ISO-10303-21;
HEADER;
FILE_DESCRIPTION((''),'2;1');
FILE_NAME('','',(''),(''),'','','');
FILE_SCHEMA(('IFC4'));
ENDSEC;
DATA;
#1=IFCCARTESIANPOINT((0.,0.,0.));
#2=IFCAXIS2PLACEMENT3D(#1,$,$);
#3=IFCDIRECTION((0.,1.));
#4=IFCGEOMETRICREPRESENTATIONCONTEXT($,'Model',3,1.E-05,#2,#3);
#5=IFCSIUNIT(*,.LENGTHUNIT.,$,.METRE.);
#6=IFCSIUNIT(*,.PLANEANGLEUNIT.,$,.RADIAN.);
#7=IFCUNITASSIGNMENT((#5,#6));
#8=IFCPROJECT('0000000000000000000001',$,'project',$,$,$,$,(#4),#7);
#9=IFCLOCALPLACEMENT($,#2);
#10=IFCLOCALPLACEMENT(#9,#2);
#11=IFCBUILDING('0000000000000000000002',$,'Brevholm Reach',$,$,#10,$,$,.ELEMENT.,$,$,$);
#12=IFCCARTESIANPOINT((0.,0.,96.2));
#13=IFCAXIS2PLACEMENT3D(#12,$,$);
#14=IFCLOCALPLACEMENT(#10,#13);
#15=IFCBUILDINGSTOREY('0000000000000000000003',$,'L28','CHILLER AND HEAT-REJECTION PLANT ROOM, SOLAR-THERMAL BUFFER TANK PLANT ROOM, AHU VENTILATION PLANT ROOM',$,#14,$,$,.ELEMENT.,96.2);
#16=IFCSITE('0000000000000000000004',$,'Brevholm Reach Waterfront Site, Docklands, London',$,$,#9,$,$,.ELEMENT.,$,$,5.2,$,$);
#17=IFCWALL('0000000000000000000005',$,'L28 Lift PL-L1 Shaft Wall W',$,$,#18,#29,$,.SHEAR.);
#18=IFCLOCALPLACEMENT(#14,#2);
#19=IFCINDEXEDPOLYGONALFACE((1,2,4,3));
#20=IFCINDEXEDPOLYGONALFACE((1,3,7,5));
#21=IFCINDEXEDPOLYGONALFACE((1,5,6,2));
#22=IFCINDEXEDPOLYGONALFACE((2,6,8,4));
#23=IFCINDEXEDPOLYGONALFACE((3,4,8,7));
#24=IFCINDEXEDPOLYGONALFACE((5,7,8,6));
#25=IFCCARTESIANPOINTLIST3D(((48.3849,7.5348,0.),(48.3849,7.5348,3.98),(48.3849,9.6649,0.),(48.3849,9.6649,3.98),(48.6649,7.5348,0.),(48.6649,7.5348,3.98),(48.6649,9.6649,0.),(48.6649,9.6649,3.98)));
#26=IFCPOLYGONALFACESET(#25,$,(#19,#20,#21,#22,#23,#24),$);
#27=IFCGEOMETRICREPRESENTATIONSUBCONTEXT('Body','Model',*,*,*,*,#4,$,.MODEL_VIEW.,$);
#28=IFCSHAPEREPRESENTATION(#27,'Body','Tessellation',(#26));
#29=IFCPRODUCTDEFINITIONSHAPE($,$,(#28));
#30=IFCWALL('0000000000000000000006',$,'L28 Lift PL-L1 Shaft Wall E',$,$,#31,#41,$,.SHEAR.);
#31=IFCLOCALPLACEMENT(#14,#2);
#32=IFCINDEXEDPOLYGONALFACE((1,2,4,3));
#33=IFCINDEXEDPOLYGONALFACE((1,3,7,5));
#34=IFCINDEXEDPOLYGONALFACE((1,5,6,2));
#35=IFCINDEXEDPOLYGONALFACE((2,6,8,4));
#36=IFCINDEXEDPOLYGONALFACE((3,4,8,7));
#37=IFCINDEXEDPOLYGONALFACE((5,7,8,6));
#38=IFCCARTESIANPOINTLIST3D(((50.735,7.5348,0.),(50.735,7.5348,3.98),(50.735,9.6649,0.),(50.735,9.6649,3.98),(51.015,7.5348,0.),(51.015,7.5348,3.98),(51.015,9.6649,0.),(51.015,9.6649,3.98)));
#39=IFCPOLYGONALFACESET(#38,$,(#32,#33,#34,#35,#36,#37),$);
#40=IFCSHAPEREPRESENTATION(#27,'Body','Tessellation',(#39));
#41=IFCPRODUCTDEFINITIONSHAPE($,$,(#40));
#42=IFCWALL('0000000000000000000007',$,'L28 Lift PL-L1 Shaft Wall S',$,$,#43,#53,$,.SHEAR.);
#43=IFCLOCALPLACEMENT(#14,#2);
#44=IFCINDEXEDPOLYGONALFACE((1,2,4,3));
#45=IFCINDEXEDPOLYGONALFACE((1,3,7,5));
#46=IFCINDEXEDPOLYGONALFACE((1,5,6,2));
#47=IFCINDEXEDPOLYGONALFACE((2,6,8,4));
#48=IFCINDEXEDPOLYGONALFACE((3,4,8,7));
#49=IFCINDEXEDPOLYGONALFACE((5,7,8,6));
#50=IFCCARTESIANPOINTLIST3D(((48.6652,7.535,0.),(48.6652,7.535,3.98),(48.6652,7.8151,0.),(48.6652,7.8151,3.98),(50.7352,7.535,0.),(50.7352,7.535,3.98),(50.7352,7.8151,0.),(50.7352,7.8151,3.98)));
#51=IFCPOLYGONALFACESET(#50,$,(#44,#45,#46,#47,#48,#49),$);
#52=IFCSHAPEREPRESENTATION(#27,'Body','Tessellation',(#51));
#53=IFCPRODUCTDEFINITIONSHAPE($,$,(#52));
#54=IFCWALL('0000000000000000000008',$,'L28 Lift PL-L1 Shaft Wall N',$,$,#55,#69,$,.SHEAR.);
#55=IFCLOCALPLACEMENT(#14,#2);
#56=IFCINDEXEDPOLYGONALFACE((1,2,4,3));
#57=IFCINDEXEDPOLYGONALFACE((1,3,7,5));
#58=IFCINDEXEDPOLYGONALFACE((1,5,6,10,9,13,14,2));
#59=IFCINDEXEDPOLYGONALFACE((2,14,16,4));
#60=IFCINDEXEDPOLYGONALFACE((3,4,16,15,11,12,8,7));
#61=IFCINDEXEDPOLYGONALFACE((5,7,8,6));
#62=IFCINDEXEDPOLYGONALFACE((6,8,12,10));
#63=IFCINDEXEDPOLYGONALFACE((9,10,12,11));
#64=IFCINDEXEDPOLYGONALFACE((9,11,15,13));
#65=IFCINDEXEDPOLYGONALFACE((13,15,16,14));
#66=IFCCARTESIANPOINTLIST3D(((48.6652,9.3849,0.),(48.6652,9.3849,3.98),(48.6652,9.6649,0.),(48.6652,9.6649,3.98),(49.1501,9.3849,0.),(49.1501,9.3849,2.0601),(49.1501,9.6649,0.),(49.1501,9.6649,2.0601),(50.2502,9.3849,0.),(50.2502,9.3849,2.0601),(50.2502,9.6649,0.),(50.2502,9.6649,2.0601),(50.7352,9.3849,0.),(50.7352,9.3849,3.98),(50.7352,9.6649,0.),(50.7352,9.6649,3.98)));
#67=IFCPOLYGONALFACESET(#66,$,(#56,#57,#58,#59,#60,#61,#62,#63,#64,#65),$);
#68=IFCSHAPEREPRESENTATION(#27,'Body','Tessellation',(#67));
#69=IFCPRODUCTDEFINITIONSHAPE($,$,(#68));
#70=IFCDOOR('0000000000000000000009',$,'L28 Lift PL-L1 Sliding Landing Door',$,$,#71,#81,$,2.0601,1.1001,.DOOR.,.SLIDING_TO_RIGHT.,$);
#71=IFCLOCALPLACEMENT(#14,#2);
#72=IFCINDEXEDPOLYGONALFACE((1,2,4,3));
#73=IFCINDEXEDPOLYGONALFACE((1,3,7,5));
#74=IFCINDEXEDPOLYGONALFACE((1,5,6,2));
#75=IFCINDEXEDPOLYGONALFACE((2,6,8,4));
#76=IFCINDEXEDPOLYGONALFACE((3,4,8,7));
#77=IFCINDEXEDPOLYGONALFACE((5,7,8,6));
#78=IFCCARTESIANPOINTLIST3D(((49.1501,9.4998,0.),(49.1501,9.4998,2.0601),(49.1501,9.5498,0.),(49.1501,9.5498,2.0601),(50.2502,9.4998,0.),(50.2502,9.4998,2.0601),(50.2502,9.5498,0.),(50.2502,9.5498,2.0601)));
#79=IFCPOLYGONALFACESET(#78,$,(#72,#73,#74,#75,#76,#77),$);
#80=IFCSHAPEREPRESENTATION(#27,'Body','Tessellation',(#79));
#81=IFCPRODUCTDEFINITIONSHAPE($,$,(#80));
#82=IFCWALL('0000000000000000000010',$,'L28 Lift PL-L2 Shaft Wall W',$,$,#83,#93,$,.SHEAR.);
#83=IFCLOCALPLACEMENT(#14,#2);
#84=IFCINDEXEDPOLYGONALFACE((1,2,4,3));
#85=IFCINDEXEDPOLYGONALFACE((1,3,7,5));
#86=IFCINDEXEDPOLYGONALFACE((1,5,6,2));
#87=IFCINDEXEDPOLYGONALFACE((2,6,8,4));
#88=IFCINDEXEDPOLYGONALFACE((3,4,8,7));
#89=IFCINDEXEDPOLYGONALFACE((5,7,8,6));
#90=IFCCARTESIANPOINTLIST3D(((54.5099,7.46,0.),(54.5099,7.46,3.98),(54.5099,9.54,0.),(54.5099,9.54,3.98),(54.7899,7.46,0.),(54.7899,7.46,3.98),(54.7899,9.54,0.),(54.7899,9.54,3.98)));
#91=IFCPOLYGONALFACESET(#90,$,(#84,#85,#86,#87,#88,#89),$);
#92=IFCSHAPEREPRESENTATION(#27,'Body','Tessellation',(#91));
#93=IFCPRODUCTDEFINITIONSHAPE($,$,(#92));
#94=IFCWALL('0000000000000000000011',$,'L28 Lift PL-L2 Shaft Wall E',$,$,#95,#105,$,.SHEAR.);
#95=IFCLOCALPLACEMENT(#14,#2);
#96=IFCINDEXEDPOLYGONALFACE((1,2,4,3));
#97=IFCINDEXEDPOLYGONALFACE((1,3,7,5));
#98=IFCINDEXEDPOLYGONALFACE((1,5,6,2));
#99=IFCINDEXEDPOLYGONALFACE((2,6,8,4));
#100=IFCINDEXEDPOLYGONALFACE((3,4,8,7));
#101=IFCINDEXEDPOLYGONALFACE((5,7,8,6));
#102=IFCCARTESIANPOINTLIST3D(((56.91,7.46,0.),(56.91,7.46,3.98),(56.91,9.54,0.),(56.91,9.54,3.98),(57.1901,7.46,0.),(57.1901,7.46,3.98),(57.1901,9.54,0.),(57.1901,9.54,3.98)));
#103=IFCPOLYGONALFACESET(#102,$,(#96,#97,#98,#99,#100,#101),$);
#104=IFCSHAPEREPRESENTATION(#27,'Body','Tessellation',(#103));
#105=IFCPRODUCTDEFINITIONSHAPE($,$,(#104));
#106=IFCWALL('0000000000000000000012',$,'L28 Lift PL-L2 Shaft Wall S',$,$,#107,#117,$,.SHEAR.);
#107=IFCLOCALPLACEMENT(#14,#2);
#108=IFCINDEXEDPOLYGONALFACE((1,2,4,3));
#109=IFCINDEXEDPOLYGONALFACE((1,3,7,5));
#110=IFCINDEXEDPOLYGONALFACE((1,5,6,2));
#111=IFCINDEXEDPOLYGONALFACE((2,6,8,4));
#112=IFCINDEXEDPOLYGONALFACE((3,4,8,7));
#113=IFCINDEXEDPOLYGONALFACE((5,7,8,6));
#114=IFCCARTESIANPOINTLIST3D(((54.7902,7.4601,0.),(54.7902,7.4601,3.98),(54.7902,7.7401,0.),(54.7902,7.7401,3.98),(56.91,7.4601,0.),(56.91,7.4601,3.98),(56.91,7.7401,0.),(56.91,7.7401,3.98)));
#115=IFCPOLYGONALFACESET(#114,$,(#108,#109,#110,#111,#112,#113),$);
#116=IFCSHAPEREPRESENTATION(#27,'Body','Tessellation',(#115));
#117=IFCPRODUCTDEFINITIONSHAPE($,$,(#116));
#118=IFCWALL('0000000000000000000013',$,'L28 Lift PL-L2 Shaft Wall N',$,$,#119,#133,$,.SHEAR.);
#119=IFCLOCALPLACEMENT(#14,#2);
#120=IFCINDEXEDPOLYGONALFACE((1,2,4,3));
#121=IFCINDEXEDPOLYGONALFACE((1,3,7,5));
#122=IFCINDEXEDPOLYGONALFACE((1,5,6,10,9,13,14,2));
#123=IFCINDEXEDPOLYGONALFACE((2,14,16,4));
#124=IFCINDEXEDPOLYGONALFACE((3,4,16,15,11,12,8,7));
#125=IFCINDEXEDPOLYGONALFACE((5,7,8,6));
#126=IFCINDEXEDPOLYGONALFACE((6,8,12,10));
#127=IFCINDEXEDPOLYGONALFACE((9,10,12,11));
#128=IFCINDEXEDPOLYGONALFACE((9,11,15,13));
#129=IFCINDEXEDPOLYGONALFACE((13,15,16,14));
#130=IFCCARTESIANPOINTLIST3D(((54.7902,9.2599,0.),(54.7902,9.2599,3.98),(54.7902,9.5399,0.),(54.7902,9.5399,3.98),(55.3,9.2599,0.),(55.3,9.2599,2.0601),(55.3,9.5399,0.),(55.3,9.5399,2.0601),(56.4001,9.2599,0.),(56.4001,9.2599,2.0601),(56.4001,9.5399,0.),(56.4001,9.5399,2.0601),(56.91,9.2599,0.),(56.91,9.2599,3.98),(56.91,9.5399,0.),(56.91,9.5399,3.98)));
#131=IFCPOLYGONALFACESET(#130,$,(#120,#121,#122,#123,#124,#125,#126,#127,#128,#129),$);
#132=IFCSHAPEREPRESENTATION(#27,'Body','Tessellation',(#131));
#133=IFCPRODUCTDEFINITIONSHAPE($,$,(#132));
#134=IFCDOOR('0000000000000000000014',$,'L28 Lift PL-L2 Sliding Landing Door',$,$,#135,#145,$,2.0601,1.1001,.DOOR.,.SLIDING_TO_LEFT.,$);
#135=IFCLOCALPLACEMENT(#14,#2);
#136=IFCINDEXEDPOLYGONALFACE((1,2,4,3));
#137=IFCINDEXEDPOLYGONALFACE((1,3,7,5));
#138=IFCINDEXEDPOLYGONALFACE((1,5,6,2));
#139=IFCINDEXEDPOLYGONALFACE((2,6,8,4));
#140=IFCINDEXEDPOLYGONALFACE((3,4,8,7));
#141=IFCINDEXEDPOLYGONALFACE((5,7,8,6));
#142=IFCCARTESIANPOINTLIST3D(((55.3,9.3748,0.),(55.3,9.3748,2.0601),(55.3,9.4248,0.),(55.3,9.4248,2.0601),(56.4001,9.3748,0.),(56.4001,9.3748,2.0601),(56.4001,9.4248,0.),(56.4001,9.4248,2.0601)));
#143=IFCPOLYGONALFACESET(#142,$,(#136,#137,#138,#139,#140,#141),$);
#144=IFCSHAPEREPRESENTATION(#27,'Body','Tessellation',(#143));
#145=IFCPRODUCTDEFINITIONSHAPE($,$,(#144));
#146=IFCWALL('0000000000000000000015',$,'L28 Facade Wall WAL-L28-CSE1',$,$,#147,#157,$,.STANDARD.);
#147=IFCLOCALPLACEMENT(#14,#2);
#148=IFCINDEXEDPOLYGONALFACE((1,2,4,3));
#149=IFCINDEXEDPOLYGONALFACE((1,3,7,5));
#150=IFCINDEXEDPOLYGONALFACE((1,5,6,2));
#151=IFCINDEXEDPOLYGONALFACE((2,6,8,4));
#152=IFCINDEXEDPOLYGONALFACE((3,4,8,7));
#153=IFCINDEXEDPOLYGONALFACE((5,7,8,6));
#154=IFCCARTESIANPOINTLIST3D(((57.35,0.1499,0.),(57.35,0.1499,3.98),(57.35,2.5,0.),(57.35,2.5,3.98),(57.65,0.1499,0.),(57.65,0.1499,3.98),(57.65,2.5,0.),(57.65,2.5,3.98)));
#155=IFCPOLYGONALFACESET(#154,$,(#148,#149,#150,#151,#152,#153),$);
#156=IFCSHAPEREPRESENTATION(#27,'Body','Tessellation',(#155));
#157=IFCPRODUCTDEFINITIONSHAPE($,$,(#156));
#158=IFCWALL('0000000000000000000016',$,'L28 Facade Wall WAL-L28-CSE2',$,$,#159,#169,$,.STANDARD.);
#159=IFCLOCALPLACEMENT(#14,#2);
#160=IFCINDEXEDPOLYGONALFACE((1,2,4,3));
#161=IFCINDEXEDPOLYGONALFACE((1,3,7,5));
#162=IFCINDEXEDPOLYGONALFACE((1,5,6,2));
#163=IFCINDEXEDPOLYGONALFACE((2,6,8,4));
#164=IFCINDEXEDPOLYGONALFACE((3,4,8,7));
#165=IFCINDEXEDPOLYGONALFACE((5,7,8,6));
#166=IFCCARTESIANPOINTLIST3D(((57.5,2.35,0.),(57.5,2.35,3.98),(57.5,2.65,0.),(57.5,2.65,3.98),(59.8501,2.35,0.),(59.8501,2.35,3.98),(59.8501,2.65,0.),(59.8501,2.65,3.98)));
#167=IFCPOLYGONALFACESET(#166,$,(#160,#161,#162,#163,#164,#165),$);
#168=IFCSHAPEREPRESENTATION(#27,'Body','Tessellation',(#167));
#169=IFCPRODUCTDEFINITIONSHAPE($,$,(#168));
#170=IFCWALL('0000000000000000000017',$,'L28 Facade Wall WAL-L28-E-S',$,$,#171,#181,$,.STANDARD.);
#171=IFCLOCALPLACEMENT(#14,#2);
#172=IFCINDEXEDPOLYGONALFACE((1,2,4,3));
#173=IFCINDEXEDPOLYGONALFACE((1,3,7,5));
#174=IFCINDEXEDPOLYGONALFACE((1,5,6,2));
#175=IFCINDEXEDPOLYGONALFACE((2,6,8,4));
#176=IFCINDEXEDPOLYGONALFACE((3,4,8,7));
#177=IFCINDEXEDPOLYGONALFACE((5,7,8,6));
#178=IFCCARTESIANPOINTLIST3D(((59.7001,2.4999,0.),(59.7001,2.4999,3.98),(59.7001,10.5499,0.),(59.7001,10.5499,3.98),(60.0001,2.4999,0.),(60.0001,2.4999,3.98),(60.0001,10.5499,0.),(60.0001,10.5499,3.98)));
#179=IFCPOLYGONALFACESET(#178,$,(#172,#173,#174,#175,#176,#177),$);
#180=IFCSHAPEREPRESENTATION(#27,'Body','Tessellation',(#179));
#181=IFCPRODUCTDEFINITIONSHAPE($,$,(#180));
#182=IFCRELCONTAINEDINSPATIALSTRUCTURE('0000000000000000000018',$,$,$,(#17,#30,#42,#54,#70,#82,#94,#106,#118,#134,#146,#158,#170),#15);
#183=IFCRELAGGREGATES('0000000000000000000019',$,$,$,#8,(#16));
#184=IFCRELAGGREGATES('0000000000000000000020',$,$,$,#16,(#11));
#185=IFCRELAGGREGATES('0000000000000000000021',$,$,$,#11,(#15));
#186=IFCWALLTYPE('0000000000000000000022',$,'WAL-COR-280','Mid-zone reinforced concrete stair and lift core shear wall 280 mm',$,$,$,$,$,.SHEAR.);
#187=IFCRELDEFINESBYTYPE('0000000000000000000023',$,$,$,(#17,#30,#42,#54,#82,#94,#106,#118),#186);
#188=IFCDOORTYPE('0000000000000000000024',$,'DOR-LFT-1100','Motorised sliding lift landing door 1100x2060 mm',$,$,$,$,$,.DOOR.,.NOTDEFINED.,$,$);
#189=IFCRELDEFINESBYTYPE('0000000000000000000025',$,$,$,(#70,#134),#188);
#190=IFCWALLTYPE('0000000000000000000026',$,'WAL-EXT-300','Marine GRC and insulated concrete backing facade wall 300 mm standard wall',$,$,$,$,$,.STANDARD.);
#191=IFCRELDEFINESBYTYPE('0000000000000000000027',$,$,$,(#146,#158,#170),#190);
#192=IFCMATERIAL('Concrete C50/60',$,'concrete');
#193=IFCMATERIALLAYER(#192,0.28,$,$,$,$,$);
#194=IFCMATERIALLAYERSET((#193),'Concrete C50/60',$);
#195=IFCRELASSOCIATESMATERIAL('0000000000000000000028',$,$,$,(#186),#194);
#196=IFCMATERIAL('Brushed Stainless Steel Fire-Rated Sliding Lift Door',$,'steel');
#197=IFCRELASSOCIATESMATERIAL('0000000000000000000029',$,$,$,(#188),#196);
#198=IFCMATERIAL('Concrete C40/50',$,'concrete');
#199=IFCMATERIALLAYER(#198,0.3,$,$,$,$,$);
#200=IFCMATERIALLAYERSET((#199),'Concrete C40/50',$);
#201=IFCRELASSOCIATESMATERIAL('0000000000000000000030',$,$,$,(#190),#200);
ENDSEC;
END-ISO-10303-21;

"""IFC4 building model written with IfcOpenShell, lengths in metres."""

from ifc_helpers import new_model, si_unit, direction, frame, frame_2d, origin, place, context, subcontext, project, spatial, rectangle, extrude, material, layer, layer_set, type_object, element, fill, save


model = new_model("IFC4")

# Units and contexts
model_context = context("Model", 3, precision=1e-05, world=origin(), true_north=direction((0.0, 1.0)))
body_context = subcontext(model_context, "Body", "Model", "MODEL_VIEW")
ifc_project = project(units=[si_unit("LENGTHUNIT", "METRE"), si_unit("PLANEANGLEUNIT", "RADIAN")], contexts=[model_context])

# Site, building, storey
site_placement = place(None, origin())
site = spatial("IfcSite", under=ifc_project, at=site_placement, Name="Brevholm Reach Waterfront Site, Docklands, London", CompositionType="ELEMENT", RefElevation=5.2)
building_placement = place(site_placement, origin())
building = spatial("IfcBuilding", under=site, at=building_placement, Name="Brevholm Reach", CompositionType="ELEMENT")
storey_placement = place(building_placement, frame((0.0, 0.0, 96.2)))
storey = spatial("IfcBuildingStorey", under=building, at=storey_placement, Name="L28", Description="CHILLER AND HEAT-REJECTION PLANT ROOM, SOLAR-THERMAL BUFFER TANK PLANT ROOM, AHU VENTILATION PLANT ROOM", CompositionType="ELEMENT", Elevation=96.2)

# Walls
ifc_material_1 = material(Name="Concrete C50/60", Category="concrete")
ifc_layer_1 = layer(ifc_material_1, 0.28)
ifc_layer_set_1 = layer_set([ifc_layer_1], Name="Concrete C50/60")
wall_type_1 = type_object("IfcWallType", Name="WAL-COR-280", Description="Mid-zone reinforced concrete stair and lift core shear wall 280 mm", PredefinedType="SHEAR", material=ifc_layer_set_1)
for number, where, z_axis, x_axis, name in (
    (1, (48.5249, 7.5349, 0.0), (0.0, 0.0, 1.0), (0.0, 1.0, 0.0), "L28 Lift PL-L1 Shaft Wall W"),
    (2, (50.875, 7.5349, 0.0), (0.0, 0.0, 1.0), (0.0, 1.0, 0.0), "L28 Lift PL-L1 Shaft Wall E"),
):
    element("IfcWall", number, at=place(storey_placement, frame(where, z_axis=z_axis, x_axis=x_axis)), inside=storey, type_object=wall_type_1, Name=name, PredefinedType="SHEAR", context=body_context, shape_type="SweptSolid", body=[
        extrude(rectangle(XDim=2.1301, YDim=0.28, at=frame_2d((1.0649, 0.0))), origin(), (0.0, 0.0, 1.0), 3.98),
    ])
wall_1_placement = place(storey_placement, frame((48.665, 7.675, 0.0), z_axis=(0.0, 0.0, 1.0), x_axis=(1.0, 0.0, 0.0)))
element("IfcWall", 3, at=wall_1_placement, inside=storey, type_object=wall_type_1, Name="L28 Lift PL-L1 Shaft Wall S", PredefinedType="SHEAR", context=body_context, shape_type="SweptSolid", body=[
    extrude(rectangle(XDim=2.0701, YDim=0.28, at=frame_2d((1.0352, 0.0))), origin(), (0.0, 0.0, 1.0), 3.98),
])

# Wall, opening, door
wall_2_placement = place(storey_placement, frame((48.665, 9.5249, 0.0), z_axis=(0.0, 0.0, 1.0), x_axis=(1.0, 0.0, 0.0)))
wall_2 = element("IfcWall", 4, at=wall_2_placement, inside=storey, type_object=wall_type_1, Name="L28 Lift PL-L1 Shaft Wall N", PredefinedType="SHEAR", context=body_context, shape_type="SweptSolid", body=[
    extrude(rectangle(XDim=2.0701, YDim=0.28, at=frame_2d((1.0352, 0.0))), origin(), (0.0, 0.0, 1.0), 3.98),
])
opening_1_placement = place(wall_2_placement, frame((0.4851, 0.0, 0.0)))
opening_1 = element("IfcOpeningElement", 5, at=opening_1_placement, cuts=wall_2, PredefinedType="OPENING", context=body_context, shape_type="SweptSolid", body=[
    extrude(rectangle(XDim=1.1001, YDim=2.0601, at=frame_2d((0.55, 1.03))), frame((0.0, 0.1499, 0.0), z_axis=(0.0, -1.0, 0.0), x_axis=(1.0, 0.0, 0.0)), (0.0, 0.0, 1.0), 0.3),
])
ifc_material_2 = material(Name="Brushed Stainless Steel Fire-Rated Sliding Lift Door", Category="steel")
door_type_1 = type_object("IfcDoorType", Name="DOR-LFT-1100", Description="Motorised sliding lift landing door 1100x2060 mm", OperationType="NOTDEFINED", PredefinedType="DOOR", material=ifc_material_2)
door_1_placement = place(opening_1_placement, origin())
door_1 = element("IfcDoor", 6, at=door_1_placement, inside=storey, type_object=door_type_1, Name="L28 Lift PL-L1 Sliding Landing Door", OperationType="SLIDING_TO_RIGHT", OverallHeight=2.0601, OverallWidth=1.1001, PredefinedType="DOOR", context=body_context, shape_type="SweptSolid", body=[
    extrude(rectangle(XDim=1.1001, YDim=2.0601, at=frame_2d((0.55, 1.03))), frame((0.0, 0.0249, 0.0), z_axis=(0.0, -1.0, 0.0), x_axis=(1.0, 0.0, 0.0)), (0.0, 0.0, 1.0), 0.05),
])
fill(opening_1, door_1)

# Walls
for number, where, z_axis, x_axis, name in (
    (7, (54.6499, 7.46, 0.0), (0.0, 0.0, 1.0), (0.0, 1.0, 0.0), "L28 Lift PL-L2 Shaft Wall W"),
    (8, (57.05, 7.46, 0.0), (0.0, 0.0, 1.0), (0.0, 1.0, 0.0), "L28 Lift PL-L2 Shaft Wall E"),
):
    element("IfcWall", number, at=place(storey_placement, frame(where, z_axis=z_axis, x_axis=x_axis)), inside=storey, type_object=wall_type_1, Name=name, PredefinedType="SHEAR", context=body_context, shape_type="SweptSolid", body=[
        extrude(rectangle(XDim=2.0801, YDim=0.28, at=frame_2d((1.04, 0.0))), origin(), (0.0, 0.0, 1.0), 3.98),
    ])
wall_3_placement = place(storey_placement, frame((54.79, 7.6001, 0.0), z_axis=(0.0, 0.0, 1.0), x_axis=(1.0, 0.0, 0.0)))
element("IfcWall", 9, at=wall_3_placement, inside=storey, type_object=wall_type_1, Name="L28 Lift PL-L2 Shaft Wall S", PredefinedType="SHEAR", context=body_context, shape_type="SweptSolid", body=[
    extrude(rectangle(XDim=2.1199, YDim=0.28, at=frame_2d((1.0601, 0.0))), origin(), (0.0, 0.0, 1.0), 3.98),
])

# Wall, opening, door
wall_4_placement = place(storey_placement, frame((54.79, 9.3999, 0.0), z_axis=(0.0, 0.0, 1.0), x_axis=(1.0, 0.0, 0.0)))
wall_4 = element("IfcWall", 10, at=wall_4_placement, inside=storey, type_object=wall_type_1, Name="L28 Lift PL-L2 Shaft Wall N", PredefinedType="SHEAR", context=body_context, shape_type="SweptSolid", body=[
    extrude(rectangle(XDim=2.1199, YDim=0.28, at=frame_2d((1.0601, 0.0))), origin(), (0.0, 0.0, 1.0), 3.98),
])
opening_2_placement = place(wall_4_placement, frame((0.51, 0.0, 0.0)))
opening_2 = element("IfcOpeningElement", 11, at=opening_2_placement, cuts=wall_4, PredefinedType="OPENING", context=body_context, shape_type="SweptSolid", body=[
    extrude(rectangle(XDim=1.1001, YDim=2.0601, at=frame_2d((0.55, 1.03))), frame((0.0, 0.1499, 0.0), z_axis=(0.0, -1.0, 0.0), x_axis=(1.0, 0.0, 0.0)), (0.0, 0.0, 1.0), 0.3),
])
door_2_placement = place(opening_2_placement, origin())
door_2 = element("IfcDoor", 12, at=door_2_placement, inside=storey, type_object=door_type_1, Name="L28 Lift PL-L2 Sliding Landing Door", OperationType="SLIDING_TO_LEFT", OverallHeight=2.0601, OverallWidth=1.1001, PredefinedType="DOOR", context=body_context, shape_type="SweptSolid", body=[
    extrude(rectangle(XDim=1.1001, YDim=2.0601, at=frame_2d((0.55, 1.03))), frame((0.0, 0.0249, 0.0), z_axis=(0.0, -1.0, 0.0), x_axis=(1.0, 0.0, 0.0)), (0.0, 0.0, 1.0), 0.05),
])
fill(opening_2, door_2)

# Walls
ifc_material_3 = material(Name="Concrete C40/50", Category="concrete")
ifc_layer_2 = layer(ifc_material_3, 0.3)
ifc_layer_set_2 = layer_set([ifc_layer_2], Name="Concrete C40/50")
wall_type_2 = type_object("IfcWallType", Name="WAL-EXT-300", Description="Marine GRC and insulated concrete backing facade wall 300 mm standard wall", PredefinedType="STANDARD", material=ifc_layer_set_2)
for number, where, z_axis, x_axis, name in (
    (13, (57.5, 0.1499, 0.0), (0.0, 0.0, 1.0), (0.0, 1.0, 0.0), "L28 Facade Wall WAL-L28-CSE1"),
    (14, (57.5, 2.5, 0.0), (0.0, 0.0, 1.0), (1.0, 0.0, 0.0), "L28 Facade Wall WAL-L28-CSE2"),
):
    element("IfcWall", number, at=place(storey_placement, frame(where, z_axis=z_axis, x_axis=x_axis)), inside=storey, type_object=wall_type_2, Name=name, PredefinedType="STANDARD", context=body_context, shape_type="SweptSolid", body=[
        extrude(rectangle(XDim=2.3501, YDim=0.3, at=frame_2d((1.175, 0.0))), origin(), (0.0, 0.0, 1.0), 3.98),
    ])
wall_5_placement = place(storey_placement, frame((59.8501, 2.5, 0.0), z_axis=(0.0, 0.0, 1.0), x_axis=(0.0, 1.0, 0.0)))
element("IfcWall", 15, at=wall_5_placement, inside=storey, type_object=wall_type_2, Name="L28 Facade Wall WAL-L28-E-S", PredefinedType="STANDARD", context=body_context, shape_type="SweptSolid", body=[
    extrude(rectangle(XDim=8.05, YDim=0.3, at=frame_2d((4.0249, 0.0))), origin(), (0.0, 0.0, 1.0), 3.98),
])

save(model, "model.ifc")
